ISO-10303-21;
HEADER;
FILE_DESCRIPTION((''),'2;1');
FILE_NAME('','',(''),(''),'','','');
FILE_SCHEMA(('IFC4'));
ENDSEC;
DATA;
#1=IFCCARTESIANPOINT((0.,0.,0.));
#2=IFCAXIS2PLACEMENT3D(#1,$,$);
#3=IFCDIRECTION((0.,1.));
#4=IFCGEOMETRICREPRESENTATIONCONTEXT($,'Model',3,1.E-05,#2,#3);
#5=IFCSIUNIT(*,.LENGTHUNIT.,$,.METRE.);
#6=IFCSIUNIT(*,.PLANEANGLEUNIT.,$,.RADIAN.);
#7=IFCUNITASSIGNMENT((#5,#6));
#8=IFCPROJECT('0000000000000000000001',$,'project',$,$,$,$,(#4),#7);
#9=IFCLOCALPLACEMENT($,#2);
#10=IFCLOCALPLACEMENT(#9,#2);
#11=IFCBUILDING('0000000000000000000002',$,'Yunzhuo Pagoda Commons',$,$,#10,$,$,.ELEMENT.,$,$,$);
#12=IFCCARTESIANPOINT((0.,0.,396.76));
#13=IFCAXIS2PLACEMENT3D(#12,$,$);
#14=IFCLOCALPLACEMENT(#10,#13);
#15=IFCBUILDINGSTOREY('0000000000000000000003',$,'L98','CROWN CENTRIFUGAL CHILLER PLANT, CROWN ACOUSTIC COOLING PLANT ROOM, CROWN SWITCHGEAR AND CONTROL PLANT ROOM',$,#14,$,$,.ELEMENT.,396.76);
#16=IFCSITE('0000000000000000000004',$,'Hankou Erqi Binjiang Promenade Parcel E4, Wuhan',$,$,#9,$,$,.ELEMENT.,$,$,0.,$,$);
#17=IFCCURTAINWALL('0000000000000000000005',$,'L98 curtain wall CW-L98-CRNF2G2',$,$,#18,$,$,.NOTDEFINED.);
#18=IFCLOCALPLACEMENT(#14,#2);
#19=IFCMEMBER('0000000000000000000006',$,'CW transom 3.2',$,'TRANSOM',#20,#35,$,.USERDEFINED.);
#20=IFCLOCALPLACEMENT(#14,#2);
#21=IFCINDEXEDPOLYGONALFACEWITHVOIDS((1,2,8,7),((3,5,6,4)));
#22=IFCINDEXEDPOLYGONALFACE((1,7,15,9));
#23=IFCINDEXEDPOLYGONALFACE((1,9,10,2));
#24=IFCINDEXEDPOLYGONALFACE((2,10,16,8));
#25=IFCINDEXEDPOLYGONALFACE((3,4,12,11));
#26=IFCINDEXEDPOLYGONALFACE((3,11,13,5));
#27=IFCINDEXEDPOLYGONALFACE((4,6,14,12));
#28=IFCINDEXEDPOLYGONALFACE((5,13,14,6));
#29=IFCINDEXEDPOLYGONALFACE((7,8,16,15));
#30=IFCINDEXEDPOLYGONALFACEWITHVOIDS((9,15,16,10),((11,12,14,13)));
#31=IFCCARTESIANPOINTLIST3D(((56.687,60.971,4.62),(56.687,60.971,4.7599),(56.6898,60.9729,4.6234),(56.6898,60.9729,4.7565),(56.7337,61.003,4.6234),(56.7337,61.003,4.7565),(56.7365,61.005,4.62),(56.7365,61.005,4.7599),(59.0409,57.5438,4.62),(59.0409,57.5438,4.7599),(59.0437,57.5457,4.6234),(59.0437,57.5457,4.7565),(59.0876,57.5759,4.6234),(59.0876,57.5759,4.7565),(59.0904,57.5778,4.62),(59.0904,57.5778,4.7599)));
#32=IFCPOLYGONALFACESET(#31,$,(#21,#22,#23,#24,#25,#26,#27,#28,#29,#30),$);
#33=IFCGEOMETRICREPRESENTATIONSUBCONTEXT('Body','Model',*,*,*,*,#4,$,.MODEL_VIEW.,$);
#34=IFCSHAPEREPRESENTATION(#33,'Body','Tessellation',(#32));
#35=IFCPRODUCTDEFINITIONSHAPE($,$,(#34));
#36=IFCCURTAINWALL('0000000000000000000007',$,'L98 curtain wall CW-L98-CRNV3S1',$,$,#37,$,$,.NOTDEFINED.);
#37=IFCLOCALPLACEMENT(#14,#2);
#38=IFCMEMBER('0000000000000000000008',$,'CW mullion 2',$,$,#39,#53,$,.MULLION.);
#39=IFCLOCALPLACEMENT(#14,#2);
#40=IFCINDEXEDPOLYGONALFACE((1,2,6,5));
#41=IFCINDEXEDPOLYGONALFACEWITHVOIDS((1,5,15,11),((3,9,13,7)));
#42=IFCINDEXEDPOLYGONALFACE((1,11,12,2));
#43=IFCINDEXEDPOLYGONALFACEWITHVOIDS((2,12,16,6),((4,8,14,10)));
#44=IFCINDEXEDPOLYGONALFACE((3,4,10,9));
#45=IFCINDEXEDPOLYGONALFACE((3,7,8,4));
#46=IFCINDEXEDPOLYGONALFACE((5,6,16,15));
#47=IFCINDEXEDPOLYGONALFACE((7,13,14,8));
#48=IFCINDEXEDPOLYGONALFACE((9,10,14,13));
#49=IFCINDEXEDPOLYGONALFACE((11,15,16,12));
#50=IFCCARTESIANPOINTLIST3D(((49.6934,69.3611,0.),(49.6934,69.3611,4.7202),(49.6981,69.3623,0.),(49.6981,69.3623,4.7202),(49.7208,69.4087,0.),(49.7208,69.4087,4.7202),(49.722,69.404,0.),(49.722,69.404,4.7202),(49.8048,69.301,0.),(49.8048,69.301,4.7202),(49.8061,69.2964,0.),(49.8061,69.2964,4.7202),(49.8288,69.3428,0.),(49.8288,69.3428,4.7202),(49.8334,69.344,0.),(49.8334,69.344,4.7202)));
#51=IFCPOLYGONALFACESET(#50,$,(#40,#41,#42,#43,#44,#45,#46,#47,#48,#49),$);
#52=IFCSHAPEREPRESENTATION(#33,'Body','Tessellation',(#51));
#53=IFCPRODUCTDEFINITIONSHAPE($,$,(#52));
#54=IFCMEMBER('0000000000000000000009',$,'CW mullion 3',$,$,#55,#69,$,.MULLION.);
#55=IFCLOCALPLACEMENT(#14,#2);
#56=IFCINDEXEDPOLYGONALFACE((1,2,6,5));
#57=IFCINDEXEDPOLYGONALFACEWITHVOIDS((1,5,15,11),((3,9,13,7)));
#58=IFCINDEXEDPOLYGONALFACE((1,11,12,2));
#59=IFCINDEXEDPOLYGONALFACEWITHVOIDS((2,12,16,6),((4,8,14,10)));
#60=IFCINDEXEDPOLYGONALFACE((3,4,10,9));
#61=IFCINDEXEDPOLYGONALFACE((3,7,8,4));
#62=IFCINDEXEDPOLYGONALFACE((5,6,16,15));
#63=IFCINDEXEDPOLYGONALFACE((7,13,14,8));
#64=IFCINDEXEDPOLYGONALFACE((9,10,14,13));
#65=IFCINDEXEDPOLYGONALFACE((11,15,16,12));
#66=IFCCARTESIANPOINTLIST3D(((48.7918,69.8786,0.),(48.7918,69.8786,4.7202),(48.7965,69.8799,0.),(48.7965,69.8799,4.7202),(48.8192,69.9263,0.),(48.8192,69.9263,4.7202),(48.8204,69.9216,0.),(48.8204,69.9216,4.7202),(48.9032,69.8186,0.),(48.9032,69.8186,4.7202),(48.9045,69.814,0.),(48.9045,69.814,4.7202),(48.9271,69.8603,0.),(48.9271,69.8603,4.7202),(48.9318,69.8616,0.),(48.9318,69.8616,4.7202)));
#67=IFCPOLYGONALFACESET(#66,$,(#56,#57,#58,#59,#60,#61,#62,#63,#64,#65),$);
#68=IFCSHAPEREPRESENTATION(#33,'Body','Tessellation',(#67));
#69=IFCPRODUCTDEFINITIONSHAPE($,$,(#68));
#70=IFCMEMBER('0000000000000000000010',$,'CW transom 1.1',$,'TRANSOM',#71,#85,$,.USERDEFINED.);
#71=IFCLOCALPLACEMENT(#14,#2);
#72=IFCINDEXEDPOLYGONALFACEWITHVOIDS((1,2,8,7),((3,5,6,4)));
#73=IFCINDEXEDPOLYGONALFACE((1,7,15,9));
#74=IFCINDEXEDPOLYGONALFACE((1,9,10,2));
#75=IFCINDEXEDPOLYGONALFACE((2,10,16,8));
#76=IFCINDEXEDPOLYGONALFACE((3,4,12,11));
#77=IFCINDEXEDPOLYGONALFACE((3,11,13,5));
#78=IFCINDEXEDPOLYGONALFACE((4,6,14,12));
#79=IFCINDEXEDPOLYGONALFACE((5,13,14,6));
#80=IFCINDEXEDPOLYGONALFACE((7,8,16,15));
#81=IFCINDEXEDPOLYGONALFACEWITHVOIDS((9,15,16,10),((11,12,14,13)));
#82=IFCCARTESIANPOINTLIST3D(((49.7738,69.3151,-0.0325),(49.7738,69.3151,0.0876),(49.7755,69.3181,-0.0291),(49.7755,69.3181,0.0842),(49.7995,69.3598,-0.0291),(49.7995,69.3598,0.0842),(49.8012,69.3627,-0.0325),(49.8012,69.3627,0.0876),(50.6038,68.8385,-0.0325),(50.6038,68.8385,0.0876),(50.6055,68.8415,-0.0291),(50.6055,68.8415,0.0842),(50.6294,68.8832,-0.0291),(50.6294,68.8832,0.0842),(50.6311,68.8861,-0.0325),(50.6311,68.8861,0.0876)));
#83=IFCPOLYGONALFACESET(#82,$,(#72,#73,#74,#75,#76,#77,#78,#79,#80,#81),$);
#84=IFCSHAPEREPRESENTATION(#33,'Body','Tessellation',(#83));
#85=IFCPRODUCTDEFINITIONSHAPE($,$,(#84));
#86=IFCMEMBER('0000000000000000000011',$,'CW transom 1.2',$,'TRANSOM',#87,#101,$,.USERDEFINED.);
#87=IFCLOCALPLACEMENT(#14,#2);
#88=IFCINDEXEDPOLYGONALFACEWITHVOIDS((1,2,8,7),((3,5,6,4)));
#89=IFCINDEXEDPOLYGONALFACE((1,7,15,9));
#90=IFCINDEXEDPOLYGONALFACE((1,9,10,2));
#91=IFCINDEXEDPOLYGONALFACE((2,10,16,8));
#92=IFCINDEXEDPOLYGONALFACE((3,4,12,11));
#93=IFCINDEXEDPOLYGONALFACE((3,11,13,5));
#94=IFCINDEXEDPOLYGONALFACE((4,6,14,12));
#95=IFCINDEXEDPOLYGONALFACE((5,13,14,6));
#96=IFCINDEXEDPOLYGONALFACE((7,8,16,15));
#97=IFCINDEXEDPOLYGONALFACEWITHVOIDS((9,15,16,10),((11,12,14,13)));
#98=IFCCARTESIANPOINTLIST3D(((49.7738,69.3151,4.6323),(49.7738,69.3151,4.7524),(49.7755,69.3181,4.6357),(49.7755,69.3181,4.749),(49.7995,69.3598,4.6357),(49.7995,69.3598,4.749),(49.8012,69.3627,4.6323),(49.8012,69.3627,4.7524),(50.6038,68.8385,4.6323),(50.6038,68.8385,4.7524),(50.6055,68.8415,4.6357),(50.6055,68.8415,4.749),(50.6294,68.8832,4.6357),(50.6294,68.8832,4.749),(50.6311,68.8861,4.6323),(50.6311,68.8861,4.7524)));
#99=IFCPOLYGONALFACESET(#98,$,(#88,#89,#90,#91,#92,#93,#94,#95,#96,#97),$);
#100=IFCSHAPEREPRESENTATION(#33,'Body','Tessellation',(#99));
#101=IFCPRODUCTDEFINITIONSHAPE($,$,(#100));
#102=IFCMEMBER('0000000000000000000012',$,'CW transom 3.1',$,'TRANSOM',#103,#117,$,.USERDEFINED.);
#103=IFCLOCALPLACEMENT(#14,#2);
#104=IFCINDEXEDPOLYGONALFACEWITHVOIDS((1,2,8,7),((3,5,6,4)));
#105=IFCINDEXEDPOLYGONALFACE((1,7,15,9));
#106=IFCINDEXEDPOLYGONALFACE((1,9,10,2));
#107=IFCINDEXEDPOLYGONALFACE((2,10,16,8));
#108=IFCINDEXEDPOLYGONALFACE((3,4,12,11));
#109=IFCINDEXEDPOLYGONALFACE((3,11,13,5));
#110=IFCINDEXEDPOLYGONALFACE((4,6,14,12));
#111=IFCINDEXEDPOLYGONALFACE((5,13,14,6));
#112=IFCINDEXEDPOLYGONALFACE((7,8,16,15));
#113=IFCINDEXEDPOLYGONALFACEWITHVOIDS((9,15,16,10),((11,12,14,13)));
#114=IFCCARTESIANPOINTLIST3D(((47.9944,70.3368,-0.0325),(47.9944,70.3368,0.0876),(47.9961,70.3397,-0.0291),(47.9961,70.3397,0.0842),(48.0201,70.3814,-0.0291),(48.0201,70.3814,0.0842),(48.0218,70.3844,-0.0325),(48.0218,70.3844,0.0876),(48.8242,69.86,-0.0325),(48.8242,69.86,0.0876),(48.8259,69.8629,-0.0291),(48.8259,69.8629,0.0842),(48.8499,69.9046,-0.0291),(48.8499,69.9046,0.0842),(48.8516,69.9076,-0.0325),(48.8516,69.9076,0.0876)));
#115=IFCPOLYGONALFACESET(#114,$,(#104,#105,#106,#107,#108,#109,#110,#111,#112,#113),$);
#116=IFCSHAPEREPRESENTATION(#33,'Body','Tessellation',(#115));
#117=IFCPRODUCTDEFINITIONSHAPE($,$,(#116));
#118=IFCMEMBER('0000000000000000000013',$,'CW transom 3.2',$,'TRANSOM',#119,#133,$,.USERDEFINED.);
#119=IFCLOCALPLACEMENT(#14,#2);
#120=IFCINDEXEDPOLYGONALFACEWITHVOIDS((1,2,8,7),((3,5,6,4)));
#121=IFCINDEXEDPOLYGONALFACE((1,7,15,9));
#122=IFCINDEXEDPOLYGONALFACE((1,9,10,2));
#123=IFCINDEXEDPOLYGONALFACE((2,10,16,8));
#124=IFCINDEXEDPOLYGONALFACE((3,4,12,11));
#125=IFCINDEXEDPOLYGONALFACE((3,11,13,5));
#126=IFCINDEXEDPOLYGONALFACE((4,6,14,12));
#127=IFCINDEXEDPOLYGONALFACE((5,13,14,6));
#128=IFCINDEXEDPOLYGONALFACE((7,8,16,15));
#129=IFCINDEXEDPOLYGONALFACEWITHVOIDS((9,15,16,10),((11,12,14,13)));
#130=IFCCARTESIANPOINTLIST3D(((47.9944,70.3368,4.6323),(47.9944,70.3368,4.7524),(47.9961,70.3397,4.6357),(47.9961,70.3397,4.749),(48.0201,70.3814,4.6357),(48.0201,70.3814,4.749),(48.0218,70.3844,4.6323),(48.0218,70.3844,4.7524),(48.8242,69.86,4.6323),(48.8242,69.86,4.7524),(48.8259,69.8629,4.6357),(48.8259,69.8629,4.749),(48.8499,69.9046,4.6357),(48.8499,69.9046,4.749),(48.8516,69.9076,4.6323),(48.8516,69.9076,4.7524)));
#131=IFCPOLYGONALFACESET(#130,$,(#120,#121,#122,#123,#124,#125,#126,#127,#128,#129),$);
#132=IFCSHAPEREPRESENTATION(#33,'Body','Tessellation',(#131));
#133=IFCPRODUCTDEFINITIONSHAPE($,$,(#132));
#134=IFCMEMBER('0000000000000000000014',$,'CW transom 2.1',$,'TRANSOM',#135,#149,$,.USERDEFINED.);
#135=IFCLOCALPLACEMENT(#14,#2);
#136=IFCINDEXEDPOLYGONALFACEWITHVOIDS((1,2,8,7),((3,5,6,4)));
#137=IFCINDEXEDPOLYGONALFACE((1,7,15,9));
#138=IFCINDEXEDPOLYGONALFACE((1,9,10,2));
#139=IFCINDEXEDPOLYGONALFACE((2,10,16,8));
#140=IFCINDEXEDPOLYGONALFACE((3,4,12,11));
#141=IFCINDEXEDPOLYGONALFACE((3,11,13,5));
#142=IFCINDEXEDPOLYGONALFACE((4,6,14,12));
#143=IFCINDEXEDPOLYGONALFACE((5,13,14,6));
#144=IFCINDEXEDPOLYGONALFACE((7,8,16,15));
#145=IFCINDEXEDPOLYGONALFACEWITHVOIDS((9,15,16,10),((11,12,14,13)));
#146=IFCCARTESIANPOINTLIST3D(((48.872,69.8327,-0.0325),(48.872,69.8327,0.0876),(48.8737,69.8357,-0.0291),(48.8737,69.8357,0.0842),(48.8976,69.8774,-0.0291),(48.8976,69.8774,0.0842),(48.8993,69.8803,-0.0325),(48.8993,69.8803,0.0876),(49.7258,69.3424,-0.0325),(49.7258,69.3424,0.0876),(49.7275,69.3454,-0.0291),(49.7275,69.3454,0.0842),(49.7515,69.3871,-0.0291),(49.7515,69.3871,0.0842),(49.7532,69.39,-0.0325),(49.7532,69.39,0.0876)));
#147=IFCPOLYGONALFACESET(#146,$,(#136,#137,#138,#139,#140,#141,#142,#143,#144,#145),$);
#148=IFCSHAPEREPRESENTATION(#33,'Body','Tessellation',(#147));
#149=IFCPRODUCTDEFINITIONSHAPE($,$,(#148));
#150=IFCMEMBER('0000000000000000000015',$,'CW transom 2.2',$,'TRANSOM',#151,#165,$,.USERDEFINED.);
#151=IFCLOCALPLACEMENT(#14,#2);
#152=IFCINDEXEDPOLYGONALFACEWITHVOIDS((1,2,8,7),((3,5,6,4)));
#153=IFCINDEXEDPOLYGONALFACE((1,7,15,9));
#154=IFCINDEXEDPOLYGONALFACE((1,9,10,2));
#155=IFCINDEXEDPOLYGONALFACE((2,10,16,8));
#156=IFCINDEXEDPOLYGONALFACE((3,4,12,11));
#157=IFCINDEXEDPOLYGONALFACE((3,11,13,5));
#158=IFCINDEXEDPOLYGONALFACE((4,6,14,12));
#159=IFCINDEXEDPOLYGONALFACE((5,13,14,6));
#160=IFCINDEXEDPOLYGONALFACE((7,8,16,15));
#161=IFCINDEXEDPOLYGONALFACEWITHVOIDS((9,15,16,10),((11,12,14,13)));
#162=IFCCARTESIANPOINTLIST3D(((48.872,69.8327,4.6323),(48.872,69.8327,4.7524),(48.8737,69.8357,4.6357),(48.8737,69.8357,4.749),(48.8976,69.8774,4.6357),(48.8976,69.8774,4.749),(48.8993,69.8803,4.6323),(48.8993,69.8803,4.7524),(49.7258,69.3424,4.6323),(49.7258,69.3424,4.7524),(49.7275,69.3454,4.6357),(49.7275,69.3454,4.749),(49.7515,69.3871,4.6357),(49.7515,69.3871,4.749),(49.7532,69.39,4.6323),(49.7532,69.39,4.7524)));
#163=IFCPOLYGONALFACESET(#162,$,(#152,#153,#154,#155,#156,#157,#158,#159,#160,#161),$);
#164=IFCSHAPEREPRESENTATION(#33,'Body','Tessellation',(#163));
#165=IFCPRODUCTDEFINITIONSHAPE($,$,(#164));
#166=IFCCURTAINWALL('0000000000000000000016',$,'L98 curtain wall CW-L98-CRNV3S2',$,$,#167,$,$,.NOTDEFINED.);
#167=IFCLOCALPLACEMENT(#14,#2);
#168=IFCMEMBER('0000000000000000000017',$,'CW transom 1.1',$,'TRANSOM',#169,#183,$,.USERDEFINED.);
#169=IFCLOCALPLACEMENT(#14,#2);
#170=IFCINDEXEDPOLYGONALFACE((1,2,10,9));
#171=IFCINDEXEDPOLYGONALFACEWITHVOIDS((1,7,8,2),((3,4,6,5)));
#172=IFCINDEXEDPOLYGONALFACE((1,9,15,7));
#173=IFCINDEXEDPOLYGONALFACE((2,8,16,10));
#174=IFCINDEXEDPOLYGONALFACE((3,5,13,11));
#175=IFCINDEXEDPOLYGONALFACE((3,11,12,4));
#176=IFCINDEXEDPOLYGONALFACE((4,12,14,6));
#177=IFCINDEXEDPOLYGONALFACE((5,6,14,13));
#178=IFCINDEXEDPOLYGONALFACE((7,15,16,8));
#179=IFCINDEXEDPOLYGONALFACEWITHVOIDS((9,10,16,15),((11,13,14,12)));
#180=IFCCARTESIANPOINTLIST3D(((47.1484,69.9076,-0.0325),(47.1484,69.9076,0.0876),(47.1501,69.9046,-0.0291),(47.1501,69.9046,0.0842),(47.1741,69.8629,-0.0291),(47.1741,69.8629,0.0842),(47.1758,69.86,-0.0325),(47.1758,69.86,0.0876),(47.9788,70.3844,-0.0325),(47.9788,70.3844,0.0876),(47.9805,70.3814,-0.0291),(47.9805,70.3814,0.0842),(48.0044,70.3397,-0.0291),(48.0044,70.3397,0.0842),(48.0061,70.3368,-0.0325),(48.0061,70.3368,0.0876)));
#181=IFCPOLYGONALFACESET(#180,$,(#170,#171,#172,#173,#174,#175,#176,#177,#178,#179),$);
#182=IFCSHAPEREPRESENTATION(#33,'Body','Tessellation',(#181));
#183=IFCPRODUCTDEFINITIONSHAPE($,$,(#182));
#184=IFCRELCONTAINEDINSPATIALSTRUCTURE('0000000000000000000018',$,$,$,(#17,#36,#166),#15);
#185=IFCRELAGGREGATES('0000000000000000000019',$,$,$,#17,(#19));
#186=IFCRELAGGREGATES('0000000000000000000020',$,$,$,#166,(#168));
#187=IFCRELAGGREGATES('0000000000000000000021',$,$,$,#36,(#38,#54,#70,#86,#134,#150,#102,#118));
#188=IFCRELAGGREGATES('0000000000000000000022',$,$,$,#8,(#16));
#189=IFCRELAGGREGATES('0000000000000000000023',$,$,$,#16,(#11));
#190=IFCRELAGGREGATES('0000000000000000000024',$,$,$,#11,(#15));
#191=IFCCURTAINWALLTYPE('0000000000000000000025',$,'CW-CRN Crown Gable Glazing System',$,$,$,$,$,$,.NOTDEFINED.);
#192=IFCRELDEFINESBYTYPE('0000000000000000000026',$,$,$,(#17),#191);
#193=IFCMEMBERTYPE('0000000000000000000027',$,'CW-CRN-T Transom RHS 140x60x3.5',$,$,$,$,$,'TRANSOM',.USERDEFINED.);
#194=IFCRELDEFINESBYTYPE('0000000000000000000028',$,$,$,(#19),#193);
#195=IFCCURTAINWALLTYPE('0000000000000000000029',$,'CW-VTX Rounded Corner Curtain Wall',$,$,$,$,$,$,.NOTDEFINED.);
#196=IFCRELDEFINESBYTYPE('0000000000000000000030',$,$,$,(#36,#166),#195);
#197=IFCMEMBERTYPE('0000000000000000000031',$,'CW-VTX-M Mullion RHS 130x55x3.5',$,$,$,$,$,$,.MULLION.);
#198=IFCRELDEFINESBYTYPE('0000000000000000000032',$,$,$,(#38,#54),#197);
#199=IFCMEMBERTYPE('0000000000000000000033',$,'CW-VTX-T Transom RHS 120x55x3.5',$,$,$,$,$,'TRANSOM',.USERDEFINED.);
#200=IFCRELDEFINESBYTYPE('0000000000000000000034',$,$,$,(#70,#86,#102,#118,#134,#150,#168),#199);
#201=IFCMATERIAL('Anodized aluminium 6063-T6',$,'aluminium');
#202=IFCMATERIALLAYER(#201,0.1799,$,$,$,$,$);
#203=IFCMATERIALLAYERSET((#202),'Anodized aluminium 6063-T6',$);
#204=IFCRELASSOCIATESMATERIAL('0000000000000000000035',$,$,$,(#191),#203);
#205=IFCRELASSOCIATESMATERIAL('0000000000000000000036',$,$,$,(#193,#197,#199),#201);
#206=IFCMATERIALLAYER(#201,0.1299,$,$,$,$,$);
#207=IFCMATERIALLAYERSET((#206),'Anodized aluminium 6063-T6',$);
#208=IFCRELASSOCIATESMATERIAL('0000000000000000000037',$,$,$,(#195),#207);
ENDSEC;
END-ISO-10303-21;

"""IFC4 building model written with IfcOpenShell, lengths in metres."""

from ifc_helpers import new_model, si_unit, direction, frame, origin, origin_2d, place, context, subcontext, project, spatial, hollow_rectangle, extrude, source, transform, mapped, material, layer, layer_set, material_profile, profile_set, type_object, element, aggregate, save


model = new_model("IFC4")

# Units and contexts
model_context = context("Model", 3, precision=1e-05, world=origin(), true_north=direction((0.0, 1.0)))
body_context = subcontext(model_context, "Body", "Model", "MODEL_VIEW")
ifc_project = project(units=[si_unit("LENGTHUNIT", "METRE"), si_unit("PLANEANGLEUNIT", "RADIAN")], contexts=[model_context])

# Site, building, storey
site_placement = place(None, origin())
site = spatial("IfcSite", under=ifc_project, at=site_placement, Name="Hankou Erqi Binjiang Promenade Parcel E4, Wuhan", CompositionType="ELEMENT", RefElevation=0.0)
building_placement = place(site_placement, origin())
building = spatial("IfcBuilding", under=site, at=building_placement, Name="Yunzhuo Pagoda Commons", CompositionType="ELEMENT")
storey_placement = place(building_placement, frame((0.0, 0.0, 396.76)))
storey = spatial("IfcBuildingStorey", under=building, at=storey_placement, Name="L98", Description="CROWN CENTRIFUGAL CHILLER PLANT, CROWN ACOUSTIC COOLING PLANT ROOM, CROWN SWITCHGEAR AND CONTROL PLANT ROOM", CompositionType="ELEMENT", Elevation=396.76)

# Shared definitions
ifc_material_1 = material(Name="Anodized aluminium 6063-T6", Category="aluminium")
ifc_layer_1 = layer(ifc_material_1, 0.1799)
ifc_layer_set_1 = layer_set([ifc_layer_1], Name="Anodized aluminium 6063-T6")
curtain_wall_type_1 = type_object("IfcCurtainWallType", Name="CW-CRN Crown Gable Glazing System", PredefinedType="NOTDEFINED", material=ifc_layer_set_1)

# Curtain walls, members
curtain_wall_1_placement = place(storey_placement, origin())
curtain_wall_1 = element("IfcCurtainWall", 1, at=curtain_wall_1_placement, inside=storey, type_object=curtain_wall_type_1, Name="L98 curtain wall CW-L98-CRNF2G2", PredefinedType="NOTDEFINED")
ifc_material_profile_1 = material_profile(ifc_material_1, hollow_rectangle(XDim=0.0601, YDim=0.1399, WallThickness=0.0034, at=origin_2d()), Name="Anodized aluminium 6063-T6")
ifc_profile_set_1 = profile_set([ifc_material_profile_1], Name="Anodized aluminium 6063-T6")
member_type_1 = type_object("IfcMemberType", Name="CW-CRN-T Transom RHS 140x60x3.5", ElementType="TRANSOM", PredefinedType="USERDEFINED", material=ifc_profile_set_1)
shared_shape_1 = source(origin(), body_context, "Body", "SweptSolid", [
    extrude(hollow_rectangle(XDim=0.0601, YDim=0.1399, WallThickness=0.0034, at=origin_2d()), origin(), (0.0, 0.0, 1.0), 4.1577),
])
member_1_placement = place(storey_placement, frame((59.0657, 57.5608, 4.6899), z_axis=(-0.566165, 0.824292, 0.0), x_axis=(-0.824292, -0.566165, 0.0)))
member_1 = element("IfcMember", 2, at=member_1_placement, type_object=member_type_1, Name="CW transom 3.2", ObjectType="TRANSOM", PredefinedType="USERDEFINED", context=body_context, shape_type="MappedRepresentation", body=[
    mapped(shared_shape_1, transform((0.0, 0.0, 0.0), scale=1.0)),
])
ifc_layer_2 = layer(ifc_material_1, 0.1299)
ifc_layer_set_2 = layer_set([ifc_layer_2], Name="Anodized aluminium 6063-T6")
curtain_wall_type_2 = type_object("IfcCurtainWallType", Name="CW-VTX Rounded Corner Curtain Wall", PredefinedType="NOTDEFINED", material=ifc_layer_set_2)
curtain_wall_2_placement = place(storey_placement, origin())
curtain_wall_2 = element("IfcCurtainWall", 3, at=curtain_wall_2_placement, inside=storey, type_object=curtain_wall_type_2, Name="L98 curtain wall CW-L98-CRNV3S1", PredefinedType="NOTDEFINED")
ifc_material_profile_2 = material_profile(ifc_material_1, hollow_rectangle(XDim=0.0549, YDim=0.1299, WallThickness=0.0034, at=origin_2d()), Name="Anodized aluminium 6063-T6")
ifc_profile_set_2 = profile_set([ifc_material_profile_2], Name="Anodized aluminium 6063-T6")
member_type_2 = type_object("IfcMemberType", Name="CW-VTX-M Mullion RHS 130x55x3.5", PredefinedType="MULLION", material=ifc_profile_set_2)
shared_shape_2 = source(origin(), body_context, "Body", "SweptSolid", [
    extrude(hollow_rectangle(XDim=0.0549, YDim=0.1299, WallThickness=0.0034, at=origin_2d()), origin(), (0.0, 0.0, 1.0), 4.7202),
])
member_2_placement = place(storey_placement, frame((49.7634, 69.3525, 0.0), z_axis=(0.0, 0.0, 1.0), x_axis=(-0.497937, -0.867213, 0.0)))
member_2 = element("IfcMember", 4, at=member_2_placement, type_object=member_type_2, Name="CW mullion 2", PredefinedType="MULLION", context=body_context, shape_type="MappedRepresentation", body=[
    mapped(shared_shape_2, transform((0.0, 0.0, 0.0), scale=1.0)),
])
member_3_placement = place(storey_placement, frame((48.8618, 69.8701, 0.0), z_axis=(0.0, 0.0, 1.0), x_axis=(-0.497937, -0.867213, 0.0)))
member_3 = element("IfcMember", 5, at=member_3_placement, type_object=member_type_2, Name="CW mullion 3", PredefinedType="MULLION", context=body_context, shape_type="MappedRepresentation", body=[
    mapped(shared_shape_2, transform((0.0, 0.0, 0.0), scale=1.0)),
])
ifc_material_profile_3 = material_profile(ifc_material_1, hollow_rectangle(XDim=0.0549, YDim=0.1201, WallThickness=0.0034, at=origin_2d()), Name="Anodized aluminium 6063-T6")
ifc_profile_set_3 = profile_set([ifc_material_profile_3], Name="Anodized aluminium 6063-T6")
member_type_3 = type_object("IfcMemberType", Name="CW-VTX-T Transom RHS 120x55x3.5", ElementType="TRANSOM", PredefinedType="USERDEFINED", material=ifc_profile_set_3)
shared_shape_3 = source(origin(), body_context, "Body", "SweptSolid", [
    extrude(hollow_rectangle(XDim=0.0549, YDim=0.1201, WallThickness=0.0034, at=origin_2d()), origin(), (0.0, 0.0, 1.0), 0.957),
])
member_4_placement = place(storey_placement, frame((50.6174, 68.8623, 0.0276), z_axis=(-0.867174, 0.498006, 0.0), x_axis=(-0.498006, -0.867174, 0.0)))
member_4 = element("IfcMember", 6, at=member_4_placement, type_object=member_type_3, Name="CW transom 1.1", ObjectType="TRANSOM", PredefinedType="USERDEFINED", context=body_context, shape_type="MappedRepresentation", body=[
    mapped(shared_shape_3, transform((0.0, 0.0, 0.0), scale=1.0)),
])
member_5_placement = place(storey_placement, frame((50.6174, 68.8623, 4.6924), z_axis=(-0.867174, 0.498006, 0.0), x_axis=(-0.498006, -0.867174, 0.0)))
member_5 = element("IfcMember", 7, at=member_5_placement, type_object=member_type_3, Name="CW transom 1.2", ObjectType="TRANSOM", PredefinedType="USERDEFINED", context=body_context, shape_type="MappedRepresentation", body=[
    mapped(shared_shape_3, transform((0.0, 0.0, 0.0), scale=1.0)),
])
member_6_placement = place(storey_placement, frame((48.8379, 69.8838, 0.0276), z_axis=(-0.867063, 0.498198, 0.0), x_axis=(-0.498198, -0.867063, 0.0)))
member_6 = element("IfcMember", 8, at=member_6_placement, type_object=member_type_3, Name="CW transom 3.1", ObjectType="TRANSOM", PredefinedType="USERDEFINED", context=body_context, shape_type="MappedRepresentation", body=[
    mapped(shared_shape_3, transform((0.0, 0.0, 0.0), scale=1.0)),
])
member_7_placement = place(storey_placement, frame((48.8379, 69.8838, 4.6924), z_axis=(-0.867063, 0.498198, 0.0), x_axis=(-0.498198, -0.867063, 0.0)))
member_7 = element("IfcMember", 9, at=member_7_placement, type_object=member_type_3, Name="CW transom 3.2", ObjectType="TRANSOM", PredefinedType="USERDEFINED", context=body_context, shape_type="MappedRepresentation", body=[
    mapped(shared_shape_3, transform((0.0, 0.0, 0.0), scale=1.0)),
])
shared_shape_4 = source(origin(), body_context, "Body", "SweptSolid", [
    extrude(hollow_rectangle(XDim=0.0549, YDim=0.1201, WallThickness=0.0034, at=origin_2d()), origin(), (0.0, 0.0, 1.0), 0.9846),
])
member_8_placement = place(storey_placement, frame((49.7395, 69.3662, 0.0276), z_axis=(-0.867204, 0.497954, 0.0), x_axis=(-0.497954, -0.867204, 0.0)))
member_8 = element("IfcMember", 10, at=member_8_placement, type_object=member_type_3, Name="CW transom 2.1", ObjectType="TRANSOM", PredefinedType="USERDEFINED", context=body_context, shape_type="MappedRepresentation", body=[
    mapped(shared_shape_4, transform((0.0, 0.0, 0.0), scale=1.0)),
])
member_9_placement = place(storey_placement, frame((49.7395, 69.3662, 4.6924), z_axis=(-0.867204, 0.497954, 0.0), x_axis=(-0.497954, -0.867204, 0.0)))
member_9 = element("IfcMember", 11, at=member_9_placement, type_object=member_type_3, Name="CW transom 2.2", ObjectType="TRANSOM", PredefinedType="USERDEFINED", context=body_context, shape_type="MappedRepresentation", body=[
    mapped(shared_shape_4, transform((0.0, 0.0, 0.0), scale=1.0)),
])
curtain_wall_3_placement = place(storey_placement, origin())
curtain_wall_3 = element("IfcCurtainWall", 12, at=curtain_wall_3_placement, inside=storey, type_object=curtain_wall_type_2, Name="L98 curtain wall CW-L98-CRNV3S2", PredefinedType="NOTDEFINED")
shared_shape_5 = source(origin(), body_context, "Body", "SweptSolid", [
    extrude(hollow_rectangle(XDim=0.0549, YDim=0.1201, WallThickness=0.0034, at=origin_2d()), origin(), (0.0, 0.0, 1.0), 0.9575),
])
member_10_placement = place(storey_placement, frame((47.9924, 70.3606, 0.0276), z_axis=(-0.86719, -0.497978, 0.0), x_axis=(0.497978, -0.86719, 0.0)))
member_10 = element("IfcMember", 13, at=member_10_placement, type_object=member_type_3, Name="CW transom 1.1", ObjectType="TRANSOM", PredefinedType="USERDEFINED", context=body_context, shape_type="MappedRepresentation", body=[
    mapped(shared_shape_5, transform((0.0, 0.0, 0.0), scale=1.0)),
])

aggregate(curtain_wall_1, [member_1])
aggregate(curtain_wall_3, [member_10])
aggregate(curtain_wall_2, [member_2, member_3, member_4, member_5, member_8, member_9, member_6, member_7])

save(model, "model.ifc")
